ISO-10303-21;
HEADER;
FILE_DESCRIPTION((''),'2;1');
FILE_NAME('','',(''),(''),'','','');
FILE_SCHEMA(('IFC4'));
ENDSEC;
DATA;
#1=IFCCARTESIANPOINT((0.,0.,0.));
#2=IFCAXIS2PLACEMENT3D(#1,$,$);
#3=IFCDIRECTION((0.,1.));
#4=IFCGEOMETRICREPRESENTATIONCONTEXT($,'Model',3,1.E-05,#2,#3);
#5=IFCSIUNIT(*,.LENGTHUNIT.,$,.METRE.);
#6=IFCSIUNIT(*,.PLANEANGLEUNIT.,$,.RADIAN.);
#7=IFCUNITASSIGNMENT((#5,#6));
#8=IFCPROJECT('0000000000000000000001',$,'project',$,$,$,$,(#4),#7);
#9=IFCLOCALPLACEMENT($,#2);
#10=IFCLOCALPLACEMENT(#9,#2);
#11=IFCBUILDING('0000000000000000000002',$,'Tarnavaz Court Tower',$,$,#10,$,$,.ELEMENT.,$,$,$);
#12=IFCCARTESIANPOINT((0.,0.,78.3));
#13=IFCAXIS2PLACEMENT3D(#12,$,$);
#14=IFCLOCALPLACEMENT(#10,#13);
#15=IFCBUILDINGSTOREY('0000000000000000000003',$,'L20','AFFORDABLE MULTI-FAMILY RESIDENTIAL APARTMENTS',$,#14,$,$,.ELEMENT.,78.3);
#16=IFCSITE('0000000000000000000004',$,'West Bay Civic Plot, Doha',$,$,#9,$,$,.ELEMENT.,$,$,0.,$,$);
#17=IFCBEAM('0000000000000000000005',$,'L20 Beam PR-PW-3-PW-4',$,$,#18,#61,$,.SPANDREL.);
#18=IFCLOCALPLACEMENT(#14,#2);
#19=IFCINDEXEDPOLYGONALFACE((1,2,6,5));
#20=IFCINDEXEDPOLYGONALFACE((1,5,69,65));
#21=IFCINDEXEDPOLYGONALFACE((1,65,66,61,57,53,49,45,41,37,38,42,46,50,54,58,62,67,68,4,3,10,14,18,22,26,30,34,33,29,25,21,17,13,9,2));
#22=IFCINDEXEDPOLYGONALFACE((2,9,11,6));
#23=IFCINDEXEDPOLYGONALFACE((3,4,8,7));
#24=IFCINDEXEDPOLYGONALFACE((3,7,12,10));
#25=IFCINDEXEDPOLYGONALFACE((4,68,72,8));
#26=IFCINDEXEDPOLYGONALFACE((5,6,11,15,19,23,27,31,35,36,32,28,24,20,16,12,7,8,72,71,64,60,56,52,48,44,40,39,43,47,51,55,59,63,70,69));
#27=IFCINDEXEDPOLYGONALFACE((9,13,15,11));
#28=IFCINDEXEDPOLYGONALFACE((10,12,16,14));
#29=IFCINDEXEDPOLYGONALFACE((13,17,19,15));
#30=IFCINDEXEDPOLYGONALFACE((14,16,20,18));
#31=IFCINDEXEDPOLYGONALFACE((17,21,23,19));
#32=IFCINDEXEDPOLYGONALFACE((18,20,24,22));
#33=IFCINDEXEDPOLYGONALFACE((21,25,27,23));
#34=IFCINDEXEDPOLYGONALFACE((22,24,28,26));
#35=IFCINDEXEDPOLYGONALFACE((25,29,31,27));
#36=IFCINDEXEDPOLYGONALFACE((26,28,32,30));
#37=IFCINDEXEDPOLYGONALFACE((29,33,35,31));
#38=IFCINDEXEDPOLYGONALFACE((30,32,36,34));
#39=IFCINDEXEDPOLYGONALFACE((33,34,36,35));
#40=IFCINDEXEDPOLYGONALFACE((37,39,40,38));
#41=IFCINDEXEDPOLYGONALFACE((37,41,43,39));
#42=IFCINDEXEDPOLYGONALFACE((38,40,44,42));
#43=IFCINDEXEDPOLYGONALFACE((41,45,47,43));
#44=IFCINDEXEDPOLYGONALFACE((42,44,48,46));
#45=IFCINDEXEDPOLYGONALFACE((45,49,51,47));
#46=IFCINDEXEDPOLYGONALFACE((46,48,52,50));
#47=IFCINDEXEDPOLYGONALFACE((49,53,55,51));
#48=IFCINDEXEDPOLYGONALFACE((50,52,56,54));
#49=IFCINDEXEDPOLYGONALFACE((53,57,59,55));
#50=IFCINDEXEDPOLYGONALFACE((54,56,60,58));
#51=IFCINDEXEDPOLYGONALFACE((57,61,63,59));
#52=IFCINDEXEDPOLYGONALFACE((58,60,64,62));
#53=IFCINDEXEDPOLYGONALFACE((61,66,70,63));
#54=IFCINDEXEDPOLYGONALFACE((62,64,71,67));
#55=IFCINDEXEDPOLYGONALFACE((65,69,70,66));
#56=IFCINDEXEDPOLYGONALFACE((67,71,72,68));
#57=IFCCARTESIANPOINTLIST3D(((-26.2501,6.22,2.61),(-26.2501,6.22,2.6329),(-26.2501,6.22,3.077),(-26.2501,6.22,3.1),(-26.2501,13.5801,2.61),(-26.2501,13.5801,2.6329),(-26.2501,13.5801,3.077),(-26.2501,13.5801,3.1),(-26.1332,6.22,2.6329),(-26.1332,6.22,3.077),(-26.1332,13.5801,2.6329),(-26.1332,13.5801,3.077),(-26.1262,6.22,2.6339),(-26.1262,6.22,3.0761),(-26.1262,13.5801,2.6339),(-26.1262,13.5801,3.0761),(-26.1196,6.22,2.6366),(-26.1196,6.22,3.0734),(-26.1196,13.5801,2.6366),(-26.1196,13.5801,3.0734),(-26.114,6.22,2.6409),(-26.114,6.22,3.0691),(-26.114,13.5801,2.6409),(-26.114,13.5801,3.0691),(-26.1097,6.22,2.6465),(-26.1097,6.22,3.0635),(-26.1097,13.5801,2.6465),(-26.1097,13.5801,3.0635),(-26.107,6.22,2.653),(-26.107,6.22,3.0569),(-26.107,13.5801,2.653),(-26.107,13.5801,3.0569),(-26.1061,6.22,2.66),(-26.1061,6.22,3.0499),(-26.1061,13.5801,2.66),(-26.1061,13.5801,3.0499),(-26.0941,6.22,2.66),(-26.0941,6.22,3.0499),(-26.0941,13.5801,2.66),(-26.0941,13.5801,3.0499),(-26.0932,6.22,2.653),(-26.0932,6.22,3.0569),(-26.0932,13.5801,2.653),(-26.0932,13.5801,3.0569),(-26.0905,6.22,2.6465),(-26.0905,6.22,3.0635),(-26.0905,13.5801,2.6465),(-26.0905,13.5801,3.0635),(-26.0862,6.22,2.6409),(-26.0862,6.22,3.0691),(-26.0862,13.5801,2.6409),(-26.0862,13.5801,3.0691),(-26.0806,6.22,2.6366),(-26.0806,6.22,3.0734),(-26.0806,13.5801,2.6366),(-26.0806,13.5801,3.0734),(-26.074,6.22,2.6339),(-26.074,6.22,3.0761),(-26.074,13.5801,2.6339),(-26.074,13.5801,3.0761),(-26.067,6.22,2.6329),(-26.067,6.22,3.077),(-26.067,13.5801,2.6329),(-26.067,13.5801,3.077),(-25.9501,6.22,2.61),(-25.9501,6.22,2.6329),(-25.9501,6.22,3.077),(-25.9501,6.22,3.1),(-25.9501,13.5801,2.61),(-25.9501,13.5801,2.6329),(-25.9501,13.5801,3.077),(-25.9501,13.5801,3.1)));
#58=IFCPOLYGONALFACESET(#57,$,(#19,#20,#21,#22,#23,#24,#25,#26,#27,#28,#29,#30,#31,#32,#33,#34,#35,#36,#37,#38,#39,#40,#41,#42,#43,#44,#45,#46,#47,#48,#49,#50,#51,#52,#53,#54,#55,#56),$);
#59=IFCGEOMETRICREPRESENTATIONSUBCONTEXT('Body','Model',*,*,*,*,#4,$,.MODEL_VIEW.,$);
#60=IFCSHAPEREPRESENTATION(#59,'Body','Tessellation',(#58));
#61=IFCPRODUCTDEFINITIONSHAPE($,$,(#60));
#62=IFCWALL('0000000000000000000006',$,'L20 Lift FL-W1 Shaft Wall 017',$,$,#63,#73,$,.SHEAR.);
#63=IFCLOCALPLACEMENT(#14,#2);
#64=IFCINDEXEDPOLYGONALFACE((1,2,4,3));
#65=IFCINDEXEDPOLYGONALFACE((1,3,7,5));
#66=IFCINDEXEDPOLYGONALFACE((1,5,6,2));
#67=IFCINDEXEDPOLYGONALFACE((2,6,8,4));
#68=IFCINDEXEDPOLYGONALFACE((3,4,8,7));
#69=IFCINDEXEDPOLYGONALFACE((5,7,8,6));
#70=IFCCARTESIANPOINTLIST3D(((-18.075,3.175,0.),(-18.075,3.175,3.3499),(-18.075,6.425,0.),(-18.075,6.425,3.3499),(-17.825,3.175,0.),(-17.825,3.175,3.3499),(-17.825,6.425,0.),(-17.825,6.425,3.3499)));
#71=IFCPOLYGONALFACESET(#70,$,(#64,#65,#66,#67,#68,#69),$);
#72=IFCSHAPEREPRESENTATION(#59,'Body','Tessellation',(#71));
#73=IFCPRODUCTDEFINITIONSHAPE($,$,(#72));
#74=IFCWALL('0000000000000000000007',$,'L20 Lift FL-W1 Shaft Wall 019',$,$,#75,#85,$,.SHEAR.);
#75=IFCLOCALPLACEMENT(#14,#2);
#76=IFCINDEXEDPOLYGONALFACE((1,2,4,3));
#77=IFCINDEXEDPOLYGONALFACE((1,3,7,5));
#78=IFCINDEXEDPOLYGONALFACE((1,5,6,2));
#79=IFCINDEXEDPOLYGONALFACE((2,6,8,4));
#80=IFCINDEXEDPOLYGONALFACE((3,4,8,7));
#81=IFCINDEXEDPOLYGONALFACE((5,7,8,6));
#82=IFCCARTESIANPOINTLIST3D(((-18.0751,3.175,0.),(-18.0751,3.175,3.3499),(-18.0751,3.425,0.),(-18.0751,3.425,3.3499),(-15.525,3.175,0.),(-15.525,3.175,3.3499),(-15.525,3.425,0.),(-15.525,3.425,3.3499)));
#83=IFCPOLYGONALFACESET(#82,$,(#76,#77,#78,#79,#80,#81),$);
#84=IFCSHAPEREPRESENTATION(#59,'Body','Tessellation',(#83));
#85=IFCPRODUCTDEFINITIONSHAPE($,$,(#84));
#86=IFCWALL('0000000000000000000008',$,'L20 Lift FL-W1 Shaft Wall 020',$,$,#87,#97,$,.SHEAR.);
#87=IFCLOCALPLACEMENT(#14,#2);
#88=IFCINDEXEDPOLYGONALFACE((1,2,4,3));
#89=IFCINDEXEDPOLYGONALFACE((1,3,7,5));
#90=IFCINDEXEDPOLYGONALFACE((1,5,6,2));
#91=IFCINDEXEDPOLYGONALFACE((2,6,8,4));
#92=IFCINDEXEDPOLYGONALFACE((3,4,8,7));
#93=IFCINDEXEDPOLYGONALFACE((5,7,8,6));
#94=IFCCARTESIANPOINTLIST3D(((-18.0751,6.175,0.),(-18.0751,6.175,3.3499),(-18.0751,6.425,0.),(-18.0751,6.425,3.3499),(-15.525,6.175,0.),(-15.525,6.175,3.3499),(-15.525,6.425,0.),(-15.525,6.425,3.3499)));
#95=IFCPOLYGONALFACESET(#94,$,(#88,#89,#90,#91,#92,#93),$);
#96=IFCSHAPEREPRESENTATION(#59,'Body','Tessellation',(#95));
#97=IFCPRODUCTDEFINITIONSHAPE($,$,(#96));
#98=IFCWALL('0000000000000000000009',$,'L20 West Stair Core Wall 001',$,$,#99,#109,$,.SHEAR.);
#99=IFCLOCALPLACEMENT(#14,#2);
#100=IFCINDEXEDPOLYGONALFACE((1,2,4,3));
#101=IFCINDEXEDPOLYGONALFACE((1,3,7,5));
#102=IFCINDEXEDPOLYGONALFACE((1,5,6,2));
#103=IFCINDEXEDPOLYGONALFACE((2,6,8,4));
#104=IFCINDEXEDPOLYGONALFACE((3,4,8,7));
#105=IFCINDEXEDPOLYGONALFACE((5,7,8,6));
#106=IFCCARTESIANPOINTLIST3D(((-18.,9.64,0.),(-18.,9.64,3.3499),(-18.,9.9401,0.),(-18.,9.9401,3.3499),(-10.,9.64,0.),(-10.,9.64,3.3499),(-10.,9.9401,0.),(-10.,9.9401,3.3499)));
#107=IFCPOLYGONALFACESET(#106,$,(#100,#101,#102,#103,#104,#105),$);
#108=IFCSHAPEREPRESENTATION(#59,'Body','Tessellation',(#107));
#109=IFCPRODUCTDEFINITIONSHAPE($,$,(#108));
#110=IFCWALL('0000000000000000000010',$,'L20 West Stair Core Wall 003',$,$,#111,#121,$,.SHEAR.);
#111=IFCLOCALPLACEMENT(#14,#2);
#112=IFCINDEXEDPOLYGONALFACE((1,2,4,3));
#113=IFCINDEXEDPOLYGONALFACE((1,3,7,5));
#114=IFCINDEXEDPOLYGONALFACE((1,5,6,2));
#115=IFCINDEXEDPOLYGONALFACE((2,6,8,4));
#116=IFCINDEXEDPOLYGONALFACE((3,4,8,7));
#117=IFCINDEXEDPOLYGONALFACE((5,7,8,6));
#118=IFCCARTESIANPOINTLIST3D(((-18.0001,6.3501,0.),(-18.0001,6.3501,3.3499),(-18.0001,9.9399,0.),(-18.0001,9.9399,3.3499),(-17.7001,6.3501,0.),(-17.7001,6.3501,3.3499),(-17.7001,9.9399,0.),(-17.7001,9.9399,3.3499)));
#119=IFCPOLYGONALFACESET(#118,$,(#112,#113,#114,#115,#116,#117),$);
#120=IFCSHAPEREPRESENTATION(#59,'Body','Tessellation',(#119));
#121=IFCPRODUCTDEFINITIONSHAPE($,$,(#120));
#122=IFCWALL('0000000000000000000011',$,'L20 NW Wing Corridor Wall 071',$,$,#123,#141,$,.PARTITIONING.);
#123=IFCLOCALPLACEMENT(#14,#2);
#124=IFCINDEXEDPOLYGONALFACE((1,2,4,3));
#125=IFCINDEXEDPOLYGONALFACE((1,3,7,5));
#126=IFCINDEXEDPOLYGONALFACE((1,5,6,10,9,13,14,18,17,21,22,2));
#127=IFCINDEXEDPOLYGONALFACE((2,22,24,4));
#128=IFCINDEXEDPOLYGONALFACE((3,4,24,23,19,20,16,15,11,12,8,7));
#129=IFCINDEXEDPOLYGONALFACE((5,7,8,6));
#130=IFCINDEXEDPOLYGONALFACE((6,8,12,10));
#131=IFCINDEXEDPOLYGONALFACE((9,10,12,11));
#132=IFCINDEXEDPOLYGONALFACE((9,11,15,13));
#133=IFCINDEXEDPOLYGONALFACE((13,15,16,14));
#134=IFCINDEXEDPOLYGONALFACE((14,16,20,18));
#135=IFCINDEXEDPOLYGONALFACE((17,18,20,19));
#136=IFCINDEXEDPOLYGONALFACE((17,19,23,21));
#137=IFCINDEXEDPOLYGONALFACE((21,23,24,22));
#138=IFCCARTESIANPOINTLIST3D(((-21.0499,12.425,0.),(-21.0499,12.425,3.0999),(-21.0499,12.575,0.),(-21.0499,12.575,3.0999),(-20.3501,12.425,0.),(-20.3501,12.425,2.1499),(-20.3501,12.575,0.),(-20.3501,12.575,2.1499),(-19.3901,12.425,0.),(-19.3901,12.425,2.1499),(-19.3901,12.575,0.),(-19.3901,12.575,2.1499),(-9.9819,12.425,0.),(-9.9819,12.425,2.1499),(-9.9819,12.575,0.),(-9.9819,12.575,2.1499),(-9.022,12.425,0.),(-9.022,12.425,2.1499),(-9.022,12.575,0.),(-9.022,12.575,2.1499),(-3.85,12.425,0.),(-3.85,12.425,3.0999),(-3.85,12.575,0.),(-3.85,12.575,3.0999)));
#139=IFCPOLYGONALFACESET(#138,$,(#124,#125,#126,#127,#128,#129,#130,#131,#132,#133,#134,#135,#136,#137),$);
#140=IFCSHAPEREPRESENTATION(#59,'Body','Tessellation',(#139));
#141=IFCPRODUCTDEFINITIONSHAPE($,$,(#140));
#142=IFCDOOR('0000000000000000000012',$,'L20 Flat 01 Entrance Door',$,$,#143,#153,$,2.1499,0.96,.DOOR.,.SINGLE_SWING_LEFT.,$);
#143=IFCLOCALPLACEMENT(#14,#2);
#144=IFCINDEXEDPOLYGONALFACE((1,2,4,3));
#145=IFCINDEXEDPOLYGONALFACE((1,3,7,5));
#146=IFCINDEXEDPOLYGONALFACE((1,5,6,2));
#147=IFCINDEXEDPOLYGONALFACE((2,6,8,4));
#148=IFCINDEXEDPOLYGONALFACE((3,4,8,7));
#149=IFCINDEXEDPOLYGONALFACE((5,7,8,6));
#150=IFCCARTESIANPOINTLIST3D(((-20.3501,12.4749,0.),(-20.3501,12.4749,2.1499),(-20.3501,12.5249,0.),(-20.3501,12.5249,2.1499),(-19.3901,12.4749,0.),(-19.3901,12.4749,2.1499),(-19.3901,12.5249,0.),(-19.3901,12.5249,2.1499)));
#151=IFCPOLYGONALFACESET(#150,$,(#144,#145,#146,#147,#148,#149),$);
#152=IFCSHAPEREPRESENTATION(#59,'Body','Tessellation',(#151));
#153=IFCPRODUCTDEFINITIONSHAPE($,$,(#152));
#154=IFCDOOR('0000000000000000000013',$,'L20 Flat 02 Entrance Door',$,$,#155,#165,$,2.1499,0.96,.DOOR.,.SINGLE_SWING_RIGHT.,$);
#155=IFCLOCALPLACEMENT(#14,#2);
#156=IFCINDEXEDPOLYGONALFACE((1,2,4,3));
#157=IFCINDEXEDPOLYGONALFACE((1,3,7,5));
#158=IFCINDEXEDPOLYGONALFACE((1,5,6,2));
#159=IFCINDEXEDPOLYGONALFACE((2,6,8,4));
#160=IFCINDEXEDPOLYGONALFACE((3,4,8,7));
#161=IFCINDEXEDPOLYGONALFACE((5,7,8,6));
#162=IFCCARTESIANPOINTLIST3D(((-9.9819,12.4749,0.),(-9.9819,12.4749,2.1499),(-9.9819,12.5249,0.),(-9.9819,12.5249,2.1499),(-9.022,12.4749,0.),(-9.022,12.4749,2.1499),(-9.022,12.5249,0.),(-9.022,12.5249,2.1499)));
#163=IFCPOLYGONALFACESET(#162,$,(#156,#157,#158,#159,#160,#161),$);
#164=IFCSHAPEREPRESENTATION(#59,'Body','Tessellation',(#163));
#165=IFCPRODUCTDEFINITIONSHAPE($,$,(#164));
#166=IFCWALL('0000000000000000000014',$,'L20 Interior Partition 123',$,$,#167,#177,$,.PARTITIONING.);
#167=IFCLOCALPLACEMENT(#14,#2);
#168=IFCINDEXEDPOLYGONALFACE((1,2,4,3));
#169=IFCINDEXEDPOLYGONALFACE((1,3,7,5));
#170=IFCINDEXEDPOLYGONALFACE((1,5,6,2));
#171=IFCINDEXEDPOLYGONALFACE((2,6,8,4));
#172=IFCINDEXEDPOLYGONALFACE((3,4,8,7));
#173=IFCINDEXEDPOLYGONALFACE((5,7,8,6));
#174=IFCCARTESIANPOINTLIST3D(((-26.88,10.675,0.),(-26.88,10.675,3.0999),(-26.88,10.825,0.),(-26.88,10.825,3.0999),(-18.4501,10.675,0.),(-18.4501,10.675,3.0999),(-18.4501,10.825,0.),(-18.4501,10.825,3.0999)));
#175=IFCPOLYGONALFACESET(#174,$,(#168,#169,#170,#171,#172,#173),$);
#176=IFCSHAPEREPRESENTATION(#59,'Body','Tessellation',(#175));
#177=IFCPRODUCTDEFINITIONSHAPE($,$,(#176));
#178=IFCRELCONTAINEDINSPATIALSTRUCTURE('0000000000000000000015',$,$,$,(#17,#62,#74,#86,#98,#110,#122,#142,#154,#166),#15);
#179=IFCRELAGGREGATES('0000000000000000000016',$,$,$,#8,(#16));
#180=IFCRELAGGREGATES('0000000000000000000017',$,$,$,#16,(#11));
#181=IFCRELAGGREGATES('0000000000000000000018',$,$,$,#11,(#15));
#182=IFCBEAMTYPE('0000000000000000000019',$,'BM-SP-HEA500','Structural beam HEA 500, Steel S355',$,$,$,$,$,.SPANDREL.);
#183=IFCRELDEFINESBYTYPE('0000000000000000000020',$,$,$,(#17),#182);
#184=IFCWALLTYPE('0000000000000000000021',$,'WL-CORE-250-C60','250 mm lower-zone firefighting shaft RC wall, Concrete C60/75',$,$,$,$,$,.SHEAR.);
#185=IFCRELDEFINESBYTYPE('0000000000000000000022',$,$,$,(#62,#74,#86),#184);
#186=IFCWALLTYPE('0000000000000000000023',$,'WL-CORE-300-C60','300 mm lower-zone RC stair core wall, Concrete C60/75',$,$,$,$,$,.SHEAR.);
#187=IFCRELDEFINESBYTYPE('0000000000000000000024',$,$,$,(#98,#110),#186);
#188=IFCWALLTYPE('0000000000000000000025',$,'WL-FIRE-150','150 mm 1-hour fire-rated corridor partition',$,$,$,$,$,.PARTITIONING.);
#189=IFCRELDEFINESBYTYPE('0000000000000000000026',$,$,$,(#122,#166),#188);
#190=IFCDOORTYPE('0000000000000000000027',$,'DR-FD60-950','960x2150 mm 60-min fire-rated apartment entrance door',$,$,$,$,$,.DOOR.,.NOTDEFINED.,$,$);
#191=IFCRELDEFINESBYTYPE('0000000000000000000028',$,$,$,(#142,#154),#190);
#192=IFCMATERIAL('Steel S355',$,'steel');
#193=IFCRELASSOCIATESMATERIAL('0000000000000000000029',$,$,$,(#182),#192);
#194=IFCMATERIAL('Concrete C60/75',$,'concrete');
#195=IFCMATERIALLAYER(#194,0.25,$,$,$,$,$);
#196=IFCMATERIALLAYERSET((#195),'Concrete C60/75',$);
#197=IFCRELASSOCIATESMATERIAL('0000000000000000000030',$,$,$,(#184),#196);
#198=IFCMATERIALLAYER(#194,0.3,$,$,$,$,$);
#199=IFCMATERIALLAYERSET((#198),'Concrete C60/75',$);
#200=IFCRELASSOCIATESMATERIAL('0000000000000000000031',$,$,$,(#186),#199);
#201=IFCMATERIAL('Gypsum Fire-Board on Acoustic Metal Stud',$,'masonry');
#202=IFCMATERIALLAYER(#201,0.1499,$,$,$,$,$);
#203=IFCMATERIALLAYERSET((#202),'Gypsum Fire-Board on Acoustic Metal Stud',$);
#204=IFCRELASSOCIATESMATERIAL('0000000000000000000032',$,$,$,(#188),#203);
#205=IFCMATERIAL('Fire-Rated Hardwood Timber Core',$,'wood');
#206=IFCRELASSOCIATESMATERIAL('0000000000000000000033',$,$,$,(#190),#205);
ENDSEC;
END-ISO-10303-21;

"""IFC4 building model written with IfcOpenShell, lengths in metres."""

from ifc_helpers import new_model, si_unit, direction, frame, frame_2d, origin, origin_2d, place, context, subcontext, project, spatial, rectangle, i_section, extrude, material, layer, layer_set, material_profile, profile_set, type_object, element, fill, save


model = new_model("IFC4")

# Units and contexts
model_context = context("Model", 3, precision=1e-05, world=origin(), true_north=direction((0.0, 1.0)))
body_context = subcontext(model_context, "Body", "Model", "MODEL_VIEW")
ifc_project = project(units=[si_unit("LENGTHUNIT", "METRE"), si_unit("PLANEANGLEUNIT", "RADIAN")], contexts=[model_context])

# Site, building, storey
site_placement = place(None, origin())
site = spatial("IfcSite", under=ifc_project, at=site_placement, Name="West Bay Civic Plot, Doha", CompositionType="ELEMENT", RefElevation=0.0)
building_placement = place(site_placement, origin())
building = spatial("IfcBuilding", under=site, at=building_placement, Name="Tarnavaz Court Tower", CompositionType="ELEMENT")
storey_placement = place(building_placement, frame((0.0, 0.0, 78.3)))
storey = spatial("IfcBuildingStorey", under=building, at=storey_placement, Name="L20", Description="AFFORDABLE MULTI-FAMILY RESIDENTIAL APARTMENTS", CompositionType="ELEMENT", Elevation=78.3)

# Shared definitions
ifc_material_1 = material(Name="Concrete C60/75", Category="concrete")

# Beam
ifc_material_2 = material(Name="Steel S355", Category="steel")
ifc_material_profile_1 = material_profile(ifc_material_2, i_section(OverallWidth=0.3, OverallDepth=0.49, WebThickness=0.012, FlangeThickness=0.0229, FilletRadius=0.0271, at=origin_2d()), Name="HEA 500")
ifc_profile_set_1 = profile_set([ifc_material_profile_1], Name="Steel S355")
beam_type_1 = type_object("IfcBeamType", Name="BM-SP-HEA500", Description="Structural beam HEA 500, Steel S355", PredefinedType="SPANDREL", material=ifc_profile_set_1)
beam_1_placement = place(storey_placement, frame((-26.1001, 6.22, 2.855), z_axis=(0.0, 1.0, 0.0), x_axis=(-1.0, 0.0, 0.0)))
element("IfcBeam", 1, at=beam_1_placement, inside=storey, type_object=beam_type_1, Name="L20 Beam PR-PW-3-PW-4", PredefinedType="SPANDREL", context=body_context, shape_type="SweptSolid", body=[
    extrude(i_section(OverallWidth=0.3, OverallDepth=0.49, WebThickness=0.012, FlangeThickness=0.0229, FilletRadius=0.0271, at=origin_2d()), origin(), (0.0, 0.0, 1.0), 7.3601),
])

# Wall
ifc_layer_1 = layer(ifc_material_1, 0.25)
ifc_layer_set_1 = layer_set([ifc_layer_1], Name="Concrete C60/75")
wall_type_1 = type_object("IfcWallType", Name="WL-CORE-250-C60", Description="250 mm lower-zone firefighting shaft RC wall, Concrete C60/75", PredefinedType="SHEAR", material=ifc_layer_set_1)
wall_1_placement = place(storey_placement, frame((-17.95, 3.175, 0.0), z_axis=(0.0, 0.0, 1.0), x_axis=(0.0, 1.0, 0.0)))
element("IfcWall", 2, at=wall_1_placement, inside=storey, type_object=wall_type_1, Name="L20 Lift FL-W1 Shaft Wall 017", PredefinedType="SHEAR", context=body_context, shape_type="SweptSolid", body=[
    extrude(rectangle(XDim=3.25, YDim=0.25, at=frame_2d((1.625, 0.0))), origin(), (0.0, 0.0, 1.0), 3.3499),
])

# Walls
for number, where, z_axis, x_axis, name in (
    (3, (-18.075, 3.3, 0.0), (0.0, 0.0, 1.0), (1.0, 0.0, 0.0), "L20 Lift FL-W1 Shaft Wall 019"),
    (4, (-18.075, 6.3, 0.0), (0.0, 0.0, 1.0), (1.0, 0.0, 0.0), "L20 Lift FL-W1 Shaft Wall 020"),
):
    element("IfcWall", number, at=place(storey_placement, frame(where, z_axis=z_axis, x_axis=x_axis)), inside=storey, type_object=wall_type_1, Name=name, PredefinedType="SHEAR", context=body_context, shape_type="SweptSolid", body=[
        extrude(rectangle(XDim=2.55, YDim=0.25, at=frame_2d((1.2749, 0.0))), origin(), (0.0, 0.0, 1.0), 3.3499),
    ])
ifc_layer_2 = layer(ifc_material_1, 0.3)
ifc_layer_set_2 = layer_set([ifc_layer_2], Name="Concrete C60/75")
wall_type_2 = type_object("IfcWallType", Name="WL-CORE-300-C60", Description="300 mm lower-zone RC stair core wall, Concrete C60/75", PredefinedType="SHEAR", material=ifc_layer_set_2)
wall_2_placement = place(storey_placement, frame((-18.0, 9.79, 0.0), z_axis=(0.0, 0.0, 1.0), x_axis=(1.0, 0.0, 0.0)))
element("IfcWall", 5, at=wall_2_placement, inside=storey, type_object=wall_type_2, Name="L20 West Stair Core Wall 001", PredefinedType="SHEAR", context=body_context, shape_type="SweptSolid", body=[
    extrude(rectangle(XDim=8.0, YDim=0.3, at=frame_2d((4.0, 0.0))), origin(), (0.0, 0.0, 1.0), 3.3499),
])

# Shared definitions
ifc_material_3 = material(Name="Fire-Rated Hardwood Timber Core", Category="wood")

# Wall
wall_3_placement = place(storey_placement, frame((-17.8501, 6.3501, 0.0), z_axis=(0.0, 0.0, 1.0), x_axis=(0.0, 1.0, 0.0)))
element("IfcWall", 6, at=wall_3_placement, inside=storey, type_object=wall_type_2, Name="L20 West Stair Core Wall 003", PredefinedType="SHEAR", context=body_context, shape_type="SweptSolid", body=[
    extrude(rectangle(XDim=3.5898, YDim=0.3, at=frame_2d((1.7949, 0.0))), origin(), (0.0, 0.0, 1.0), 3.3499),
])

# Wall, openings, doors
ifc_material_4 = material(Name="Gypsum Fire-Board on Acoustic Metal Stud", Category="masonry")
ifc_layer_3 = layer(ifc_material_4, 0.1499)
ifc_layer_set_3 = layer_set([ifc_layer_3], Name="Gypsum Fire-Board on Acoustic Metal Stud")
wall_type_3 = type_object("IfcWallType", Name="WL-FIRE-150", Description="150 mm 1-hour fire-rated corridor partition", PredefinedType="PARTITIONING", material=ifc_layer_set_3)
wall_4_placement = place(storey_placement, frame((-21.05, 12.5, 0.0), z_axis=(0.0, 0.0, 1.0), x_axis=(1.0, 0.0, 0.0)))
wall_4 = element("IfcWall", 7, at=wall_4_placement, inside=storey, type_object=wall_type_3, Name="L20 NW Wing Corridor Wall 071", PredefinedType="PARTITIONING", context=body_context, shape_type="SweptSolid", body=[
    extrude(rectangle(XDim=17.2, YDim=0.1499, at=frame_2d((8.6001, 0.0))), origin(), (0.0, 0.0, 1.0), 3.0999),
])
opening_1_placement = place(wall_4_placement, frame((0.7, 0.0, 0.0)))
opening_1 = element("IfcOpeningElement", 8, at=opening_1_placement, cuts=wall_4, PredefinedType="OPENING", context=body_context, shape_type="SweptSolid", body=[
    extrude(rectangle(XDim=0.96, YDim=2.1499, at=frame_2d((0.48, 1.075))), frame((0.0, 0.085, 0.0), z_axis=(0.0, -1.0, 0.0), x_axis=(1.0, 0.0, 0.0)), (0.0, 0.0, 1.0), 0.1699),
])
opening_2_placement = place(wall_4_placement, frame((11.0681, 0.0, 0.0)))
opening_2 = element("IfcOpeningElement", 9, at=opening_2_placement, cuts=wall_4, PredefinedType="OPENING", context=body_context, shape_type="SweptSolid", body=[
    extrude(rectangle(XDim=0.96, YDim=2.1499, at=frame_2d((0.48, 1.075))), frame((0.0, 0.085, 0.0), z_axis=(0.0, -1.0, 0.0), x_axis=(1.0, 0.0, 0.0)), (0.0, 0.0, 1.0), 0.1699),
])
door_type_1 = type_object("IfcDoorType", Name="DR-FD60-950", Description="960x2150 mm 60-min fire-rated apartment entrance door", OperationType="NOTDEFINED", PredefinedType="DOOR", material=ifc_material_3)
door_1_placement = place(opening_1_placement, origin())
door_1 = element("IfcDoor", 10, at=door_1_placement, inside=storey, type_object=door_type_1, Name="L20 Flat 01 Entrance Door", OperationType="SINGLE_SWING_LEFT", OverallHeight=2.1499, OverallWidth=0.96, PredefinedType="DOOR", context=body_context, shape_type="SweptSolid", body=[
    extrude(rectangle(XDim=0.96, YDim=2.1499, at=frame_2d((0.48, 1.075))), frame((0.0, 0.0249, 0.0), z_axis=(0.0, -1.0, 0.0), x_axis=(1.0, 0.0, 0.0)), (0.0, 0.0, 1.0), 0.05),
])
fill(opening_1, door_1)
door_2_placement = place(opening_2_placement, origin())
door_2 = element("IfcDoor", 11, at=door_2_placement, inside=storey, type_object=door_type_1, Name="L20 Flat 02 Entrance Door", OperationType="SINGLE_SWING_RIGHT", OverallHeight=2.1499, OverallWidth=0.96, PredefinedType="DOOR", context=body_context, shape_type="SweptSolid", body=[
    extrude(rectangle(XDim=0.96, YDim=2.1499, at=frame_2d((0.48, 1.075))), frame((0.0, 0.0249, 0.0), z_axis=(0.0, -1.0, 0.0), x_axis=(1.0, 0.0, 0.0)), (0.0, 0.0, 1.0), 0.05),
])
fill(opening_2, door_2)

# Wall
wall_5_placement = place(storey_placement, frame((-26.8799, 10.75, 0.0), z_axis=(0.0, 0.0, 1.0), x_axis=(1.0, 0.0, 0.0)))
element("IfcWall", 12, at=wall_5_placement, inside=storey, type_object=wall_type_3, Name="L20 Interior Partition 123", PredefinedType="PARTITIONING", context=body_context, shape_type="SweptSolid", body=[
    extrude(rectangle(XDim=8.4299, YDim=0.1499, at=frame_2d((4.2148, 0.0))), origin(), (0.0, 0.0, 1.0), 3.0999),
])

save(model, "model.ifc")
